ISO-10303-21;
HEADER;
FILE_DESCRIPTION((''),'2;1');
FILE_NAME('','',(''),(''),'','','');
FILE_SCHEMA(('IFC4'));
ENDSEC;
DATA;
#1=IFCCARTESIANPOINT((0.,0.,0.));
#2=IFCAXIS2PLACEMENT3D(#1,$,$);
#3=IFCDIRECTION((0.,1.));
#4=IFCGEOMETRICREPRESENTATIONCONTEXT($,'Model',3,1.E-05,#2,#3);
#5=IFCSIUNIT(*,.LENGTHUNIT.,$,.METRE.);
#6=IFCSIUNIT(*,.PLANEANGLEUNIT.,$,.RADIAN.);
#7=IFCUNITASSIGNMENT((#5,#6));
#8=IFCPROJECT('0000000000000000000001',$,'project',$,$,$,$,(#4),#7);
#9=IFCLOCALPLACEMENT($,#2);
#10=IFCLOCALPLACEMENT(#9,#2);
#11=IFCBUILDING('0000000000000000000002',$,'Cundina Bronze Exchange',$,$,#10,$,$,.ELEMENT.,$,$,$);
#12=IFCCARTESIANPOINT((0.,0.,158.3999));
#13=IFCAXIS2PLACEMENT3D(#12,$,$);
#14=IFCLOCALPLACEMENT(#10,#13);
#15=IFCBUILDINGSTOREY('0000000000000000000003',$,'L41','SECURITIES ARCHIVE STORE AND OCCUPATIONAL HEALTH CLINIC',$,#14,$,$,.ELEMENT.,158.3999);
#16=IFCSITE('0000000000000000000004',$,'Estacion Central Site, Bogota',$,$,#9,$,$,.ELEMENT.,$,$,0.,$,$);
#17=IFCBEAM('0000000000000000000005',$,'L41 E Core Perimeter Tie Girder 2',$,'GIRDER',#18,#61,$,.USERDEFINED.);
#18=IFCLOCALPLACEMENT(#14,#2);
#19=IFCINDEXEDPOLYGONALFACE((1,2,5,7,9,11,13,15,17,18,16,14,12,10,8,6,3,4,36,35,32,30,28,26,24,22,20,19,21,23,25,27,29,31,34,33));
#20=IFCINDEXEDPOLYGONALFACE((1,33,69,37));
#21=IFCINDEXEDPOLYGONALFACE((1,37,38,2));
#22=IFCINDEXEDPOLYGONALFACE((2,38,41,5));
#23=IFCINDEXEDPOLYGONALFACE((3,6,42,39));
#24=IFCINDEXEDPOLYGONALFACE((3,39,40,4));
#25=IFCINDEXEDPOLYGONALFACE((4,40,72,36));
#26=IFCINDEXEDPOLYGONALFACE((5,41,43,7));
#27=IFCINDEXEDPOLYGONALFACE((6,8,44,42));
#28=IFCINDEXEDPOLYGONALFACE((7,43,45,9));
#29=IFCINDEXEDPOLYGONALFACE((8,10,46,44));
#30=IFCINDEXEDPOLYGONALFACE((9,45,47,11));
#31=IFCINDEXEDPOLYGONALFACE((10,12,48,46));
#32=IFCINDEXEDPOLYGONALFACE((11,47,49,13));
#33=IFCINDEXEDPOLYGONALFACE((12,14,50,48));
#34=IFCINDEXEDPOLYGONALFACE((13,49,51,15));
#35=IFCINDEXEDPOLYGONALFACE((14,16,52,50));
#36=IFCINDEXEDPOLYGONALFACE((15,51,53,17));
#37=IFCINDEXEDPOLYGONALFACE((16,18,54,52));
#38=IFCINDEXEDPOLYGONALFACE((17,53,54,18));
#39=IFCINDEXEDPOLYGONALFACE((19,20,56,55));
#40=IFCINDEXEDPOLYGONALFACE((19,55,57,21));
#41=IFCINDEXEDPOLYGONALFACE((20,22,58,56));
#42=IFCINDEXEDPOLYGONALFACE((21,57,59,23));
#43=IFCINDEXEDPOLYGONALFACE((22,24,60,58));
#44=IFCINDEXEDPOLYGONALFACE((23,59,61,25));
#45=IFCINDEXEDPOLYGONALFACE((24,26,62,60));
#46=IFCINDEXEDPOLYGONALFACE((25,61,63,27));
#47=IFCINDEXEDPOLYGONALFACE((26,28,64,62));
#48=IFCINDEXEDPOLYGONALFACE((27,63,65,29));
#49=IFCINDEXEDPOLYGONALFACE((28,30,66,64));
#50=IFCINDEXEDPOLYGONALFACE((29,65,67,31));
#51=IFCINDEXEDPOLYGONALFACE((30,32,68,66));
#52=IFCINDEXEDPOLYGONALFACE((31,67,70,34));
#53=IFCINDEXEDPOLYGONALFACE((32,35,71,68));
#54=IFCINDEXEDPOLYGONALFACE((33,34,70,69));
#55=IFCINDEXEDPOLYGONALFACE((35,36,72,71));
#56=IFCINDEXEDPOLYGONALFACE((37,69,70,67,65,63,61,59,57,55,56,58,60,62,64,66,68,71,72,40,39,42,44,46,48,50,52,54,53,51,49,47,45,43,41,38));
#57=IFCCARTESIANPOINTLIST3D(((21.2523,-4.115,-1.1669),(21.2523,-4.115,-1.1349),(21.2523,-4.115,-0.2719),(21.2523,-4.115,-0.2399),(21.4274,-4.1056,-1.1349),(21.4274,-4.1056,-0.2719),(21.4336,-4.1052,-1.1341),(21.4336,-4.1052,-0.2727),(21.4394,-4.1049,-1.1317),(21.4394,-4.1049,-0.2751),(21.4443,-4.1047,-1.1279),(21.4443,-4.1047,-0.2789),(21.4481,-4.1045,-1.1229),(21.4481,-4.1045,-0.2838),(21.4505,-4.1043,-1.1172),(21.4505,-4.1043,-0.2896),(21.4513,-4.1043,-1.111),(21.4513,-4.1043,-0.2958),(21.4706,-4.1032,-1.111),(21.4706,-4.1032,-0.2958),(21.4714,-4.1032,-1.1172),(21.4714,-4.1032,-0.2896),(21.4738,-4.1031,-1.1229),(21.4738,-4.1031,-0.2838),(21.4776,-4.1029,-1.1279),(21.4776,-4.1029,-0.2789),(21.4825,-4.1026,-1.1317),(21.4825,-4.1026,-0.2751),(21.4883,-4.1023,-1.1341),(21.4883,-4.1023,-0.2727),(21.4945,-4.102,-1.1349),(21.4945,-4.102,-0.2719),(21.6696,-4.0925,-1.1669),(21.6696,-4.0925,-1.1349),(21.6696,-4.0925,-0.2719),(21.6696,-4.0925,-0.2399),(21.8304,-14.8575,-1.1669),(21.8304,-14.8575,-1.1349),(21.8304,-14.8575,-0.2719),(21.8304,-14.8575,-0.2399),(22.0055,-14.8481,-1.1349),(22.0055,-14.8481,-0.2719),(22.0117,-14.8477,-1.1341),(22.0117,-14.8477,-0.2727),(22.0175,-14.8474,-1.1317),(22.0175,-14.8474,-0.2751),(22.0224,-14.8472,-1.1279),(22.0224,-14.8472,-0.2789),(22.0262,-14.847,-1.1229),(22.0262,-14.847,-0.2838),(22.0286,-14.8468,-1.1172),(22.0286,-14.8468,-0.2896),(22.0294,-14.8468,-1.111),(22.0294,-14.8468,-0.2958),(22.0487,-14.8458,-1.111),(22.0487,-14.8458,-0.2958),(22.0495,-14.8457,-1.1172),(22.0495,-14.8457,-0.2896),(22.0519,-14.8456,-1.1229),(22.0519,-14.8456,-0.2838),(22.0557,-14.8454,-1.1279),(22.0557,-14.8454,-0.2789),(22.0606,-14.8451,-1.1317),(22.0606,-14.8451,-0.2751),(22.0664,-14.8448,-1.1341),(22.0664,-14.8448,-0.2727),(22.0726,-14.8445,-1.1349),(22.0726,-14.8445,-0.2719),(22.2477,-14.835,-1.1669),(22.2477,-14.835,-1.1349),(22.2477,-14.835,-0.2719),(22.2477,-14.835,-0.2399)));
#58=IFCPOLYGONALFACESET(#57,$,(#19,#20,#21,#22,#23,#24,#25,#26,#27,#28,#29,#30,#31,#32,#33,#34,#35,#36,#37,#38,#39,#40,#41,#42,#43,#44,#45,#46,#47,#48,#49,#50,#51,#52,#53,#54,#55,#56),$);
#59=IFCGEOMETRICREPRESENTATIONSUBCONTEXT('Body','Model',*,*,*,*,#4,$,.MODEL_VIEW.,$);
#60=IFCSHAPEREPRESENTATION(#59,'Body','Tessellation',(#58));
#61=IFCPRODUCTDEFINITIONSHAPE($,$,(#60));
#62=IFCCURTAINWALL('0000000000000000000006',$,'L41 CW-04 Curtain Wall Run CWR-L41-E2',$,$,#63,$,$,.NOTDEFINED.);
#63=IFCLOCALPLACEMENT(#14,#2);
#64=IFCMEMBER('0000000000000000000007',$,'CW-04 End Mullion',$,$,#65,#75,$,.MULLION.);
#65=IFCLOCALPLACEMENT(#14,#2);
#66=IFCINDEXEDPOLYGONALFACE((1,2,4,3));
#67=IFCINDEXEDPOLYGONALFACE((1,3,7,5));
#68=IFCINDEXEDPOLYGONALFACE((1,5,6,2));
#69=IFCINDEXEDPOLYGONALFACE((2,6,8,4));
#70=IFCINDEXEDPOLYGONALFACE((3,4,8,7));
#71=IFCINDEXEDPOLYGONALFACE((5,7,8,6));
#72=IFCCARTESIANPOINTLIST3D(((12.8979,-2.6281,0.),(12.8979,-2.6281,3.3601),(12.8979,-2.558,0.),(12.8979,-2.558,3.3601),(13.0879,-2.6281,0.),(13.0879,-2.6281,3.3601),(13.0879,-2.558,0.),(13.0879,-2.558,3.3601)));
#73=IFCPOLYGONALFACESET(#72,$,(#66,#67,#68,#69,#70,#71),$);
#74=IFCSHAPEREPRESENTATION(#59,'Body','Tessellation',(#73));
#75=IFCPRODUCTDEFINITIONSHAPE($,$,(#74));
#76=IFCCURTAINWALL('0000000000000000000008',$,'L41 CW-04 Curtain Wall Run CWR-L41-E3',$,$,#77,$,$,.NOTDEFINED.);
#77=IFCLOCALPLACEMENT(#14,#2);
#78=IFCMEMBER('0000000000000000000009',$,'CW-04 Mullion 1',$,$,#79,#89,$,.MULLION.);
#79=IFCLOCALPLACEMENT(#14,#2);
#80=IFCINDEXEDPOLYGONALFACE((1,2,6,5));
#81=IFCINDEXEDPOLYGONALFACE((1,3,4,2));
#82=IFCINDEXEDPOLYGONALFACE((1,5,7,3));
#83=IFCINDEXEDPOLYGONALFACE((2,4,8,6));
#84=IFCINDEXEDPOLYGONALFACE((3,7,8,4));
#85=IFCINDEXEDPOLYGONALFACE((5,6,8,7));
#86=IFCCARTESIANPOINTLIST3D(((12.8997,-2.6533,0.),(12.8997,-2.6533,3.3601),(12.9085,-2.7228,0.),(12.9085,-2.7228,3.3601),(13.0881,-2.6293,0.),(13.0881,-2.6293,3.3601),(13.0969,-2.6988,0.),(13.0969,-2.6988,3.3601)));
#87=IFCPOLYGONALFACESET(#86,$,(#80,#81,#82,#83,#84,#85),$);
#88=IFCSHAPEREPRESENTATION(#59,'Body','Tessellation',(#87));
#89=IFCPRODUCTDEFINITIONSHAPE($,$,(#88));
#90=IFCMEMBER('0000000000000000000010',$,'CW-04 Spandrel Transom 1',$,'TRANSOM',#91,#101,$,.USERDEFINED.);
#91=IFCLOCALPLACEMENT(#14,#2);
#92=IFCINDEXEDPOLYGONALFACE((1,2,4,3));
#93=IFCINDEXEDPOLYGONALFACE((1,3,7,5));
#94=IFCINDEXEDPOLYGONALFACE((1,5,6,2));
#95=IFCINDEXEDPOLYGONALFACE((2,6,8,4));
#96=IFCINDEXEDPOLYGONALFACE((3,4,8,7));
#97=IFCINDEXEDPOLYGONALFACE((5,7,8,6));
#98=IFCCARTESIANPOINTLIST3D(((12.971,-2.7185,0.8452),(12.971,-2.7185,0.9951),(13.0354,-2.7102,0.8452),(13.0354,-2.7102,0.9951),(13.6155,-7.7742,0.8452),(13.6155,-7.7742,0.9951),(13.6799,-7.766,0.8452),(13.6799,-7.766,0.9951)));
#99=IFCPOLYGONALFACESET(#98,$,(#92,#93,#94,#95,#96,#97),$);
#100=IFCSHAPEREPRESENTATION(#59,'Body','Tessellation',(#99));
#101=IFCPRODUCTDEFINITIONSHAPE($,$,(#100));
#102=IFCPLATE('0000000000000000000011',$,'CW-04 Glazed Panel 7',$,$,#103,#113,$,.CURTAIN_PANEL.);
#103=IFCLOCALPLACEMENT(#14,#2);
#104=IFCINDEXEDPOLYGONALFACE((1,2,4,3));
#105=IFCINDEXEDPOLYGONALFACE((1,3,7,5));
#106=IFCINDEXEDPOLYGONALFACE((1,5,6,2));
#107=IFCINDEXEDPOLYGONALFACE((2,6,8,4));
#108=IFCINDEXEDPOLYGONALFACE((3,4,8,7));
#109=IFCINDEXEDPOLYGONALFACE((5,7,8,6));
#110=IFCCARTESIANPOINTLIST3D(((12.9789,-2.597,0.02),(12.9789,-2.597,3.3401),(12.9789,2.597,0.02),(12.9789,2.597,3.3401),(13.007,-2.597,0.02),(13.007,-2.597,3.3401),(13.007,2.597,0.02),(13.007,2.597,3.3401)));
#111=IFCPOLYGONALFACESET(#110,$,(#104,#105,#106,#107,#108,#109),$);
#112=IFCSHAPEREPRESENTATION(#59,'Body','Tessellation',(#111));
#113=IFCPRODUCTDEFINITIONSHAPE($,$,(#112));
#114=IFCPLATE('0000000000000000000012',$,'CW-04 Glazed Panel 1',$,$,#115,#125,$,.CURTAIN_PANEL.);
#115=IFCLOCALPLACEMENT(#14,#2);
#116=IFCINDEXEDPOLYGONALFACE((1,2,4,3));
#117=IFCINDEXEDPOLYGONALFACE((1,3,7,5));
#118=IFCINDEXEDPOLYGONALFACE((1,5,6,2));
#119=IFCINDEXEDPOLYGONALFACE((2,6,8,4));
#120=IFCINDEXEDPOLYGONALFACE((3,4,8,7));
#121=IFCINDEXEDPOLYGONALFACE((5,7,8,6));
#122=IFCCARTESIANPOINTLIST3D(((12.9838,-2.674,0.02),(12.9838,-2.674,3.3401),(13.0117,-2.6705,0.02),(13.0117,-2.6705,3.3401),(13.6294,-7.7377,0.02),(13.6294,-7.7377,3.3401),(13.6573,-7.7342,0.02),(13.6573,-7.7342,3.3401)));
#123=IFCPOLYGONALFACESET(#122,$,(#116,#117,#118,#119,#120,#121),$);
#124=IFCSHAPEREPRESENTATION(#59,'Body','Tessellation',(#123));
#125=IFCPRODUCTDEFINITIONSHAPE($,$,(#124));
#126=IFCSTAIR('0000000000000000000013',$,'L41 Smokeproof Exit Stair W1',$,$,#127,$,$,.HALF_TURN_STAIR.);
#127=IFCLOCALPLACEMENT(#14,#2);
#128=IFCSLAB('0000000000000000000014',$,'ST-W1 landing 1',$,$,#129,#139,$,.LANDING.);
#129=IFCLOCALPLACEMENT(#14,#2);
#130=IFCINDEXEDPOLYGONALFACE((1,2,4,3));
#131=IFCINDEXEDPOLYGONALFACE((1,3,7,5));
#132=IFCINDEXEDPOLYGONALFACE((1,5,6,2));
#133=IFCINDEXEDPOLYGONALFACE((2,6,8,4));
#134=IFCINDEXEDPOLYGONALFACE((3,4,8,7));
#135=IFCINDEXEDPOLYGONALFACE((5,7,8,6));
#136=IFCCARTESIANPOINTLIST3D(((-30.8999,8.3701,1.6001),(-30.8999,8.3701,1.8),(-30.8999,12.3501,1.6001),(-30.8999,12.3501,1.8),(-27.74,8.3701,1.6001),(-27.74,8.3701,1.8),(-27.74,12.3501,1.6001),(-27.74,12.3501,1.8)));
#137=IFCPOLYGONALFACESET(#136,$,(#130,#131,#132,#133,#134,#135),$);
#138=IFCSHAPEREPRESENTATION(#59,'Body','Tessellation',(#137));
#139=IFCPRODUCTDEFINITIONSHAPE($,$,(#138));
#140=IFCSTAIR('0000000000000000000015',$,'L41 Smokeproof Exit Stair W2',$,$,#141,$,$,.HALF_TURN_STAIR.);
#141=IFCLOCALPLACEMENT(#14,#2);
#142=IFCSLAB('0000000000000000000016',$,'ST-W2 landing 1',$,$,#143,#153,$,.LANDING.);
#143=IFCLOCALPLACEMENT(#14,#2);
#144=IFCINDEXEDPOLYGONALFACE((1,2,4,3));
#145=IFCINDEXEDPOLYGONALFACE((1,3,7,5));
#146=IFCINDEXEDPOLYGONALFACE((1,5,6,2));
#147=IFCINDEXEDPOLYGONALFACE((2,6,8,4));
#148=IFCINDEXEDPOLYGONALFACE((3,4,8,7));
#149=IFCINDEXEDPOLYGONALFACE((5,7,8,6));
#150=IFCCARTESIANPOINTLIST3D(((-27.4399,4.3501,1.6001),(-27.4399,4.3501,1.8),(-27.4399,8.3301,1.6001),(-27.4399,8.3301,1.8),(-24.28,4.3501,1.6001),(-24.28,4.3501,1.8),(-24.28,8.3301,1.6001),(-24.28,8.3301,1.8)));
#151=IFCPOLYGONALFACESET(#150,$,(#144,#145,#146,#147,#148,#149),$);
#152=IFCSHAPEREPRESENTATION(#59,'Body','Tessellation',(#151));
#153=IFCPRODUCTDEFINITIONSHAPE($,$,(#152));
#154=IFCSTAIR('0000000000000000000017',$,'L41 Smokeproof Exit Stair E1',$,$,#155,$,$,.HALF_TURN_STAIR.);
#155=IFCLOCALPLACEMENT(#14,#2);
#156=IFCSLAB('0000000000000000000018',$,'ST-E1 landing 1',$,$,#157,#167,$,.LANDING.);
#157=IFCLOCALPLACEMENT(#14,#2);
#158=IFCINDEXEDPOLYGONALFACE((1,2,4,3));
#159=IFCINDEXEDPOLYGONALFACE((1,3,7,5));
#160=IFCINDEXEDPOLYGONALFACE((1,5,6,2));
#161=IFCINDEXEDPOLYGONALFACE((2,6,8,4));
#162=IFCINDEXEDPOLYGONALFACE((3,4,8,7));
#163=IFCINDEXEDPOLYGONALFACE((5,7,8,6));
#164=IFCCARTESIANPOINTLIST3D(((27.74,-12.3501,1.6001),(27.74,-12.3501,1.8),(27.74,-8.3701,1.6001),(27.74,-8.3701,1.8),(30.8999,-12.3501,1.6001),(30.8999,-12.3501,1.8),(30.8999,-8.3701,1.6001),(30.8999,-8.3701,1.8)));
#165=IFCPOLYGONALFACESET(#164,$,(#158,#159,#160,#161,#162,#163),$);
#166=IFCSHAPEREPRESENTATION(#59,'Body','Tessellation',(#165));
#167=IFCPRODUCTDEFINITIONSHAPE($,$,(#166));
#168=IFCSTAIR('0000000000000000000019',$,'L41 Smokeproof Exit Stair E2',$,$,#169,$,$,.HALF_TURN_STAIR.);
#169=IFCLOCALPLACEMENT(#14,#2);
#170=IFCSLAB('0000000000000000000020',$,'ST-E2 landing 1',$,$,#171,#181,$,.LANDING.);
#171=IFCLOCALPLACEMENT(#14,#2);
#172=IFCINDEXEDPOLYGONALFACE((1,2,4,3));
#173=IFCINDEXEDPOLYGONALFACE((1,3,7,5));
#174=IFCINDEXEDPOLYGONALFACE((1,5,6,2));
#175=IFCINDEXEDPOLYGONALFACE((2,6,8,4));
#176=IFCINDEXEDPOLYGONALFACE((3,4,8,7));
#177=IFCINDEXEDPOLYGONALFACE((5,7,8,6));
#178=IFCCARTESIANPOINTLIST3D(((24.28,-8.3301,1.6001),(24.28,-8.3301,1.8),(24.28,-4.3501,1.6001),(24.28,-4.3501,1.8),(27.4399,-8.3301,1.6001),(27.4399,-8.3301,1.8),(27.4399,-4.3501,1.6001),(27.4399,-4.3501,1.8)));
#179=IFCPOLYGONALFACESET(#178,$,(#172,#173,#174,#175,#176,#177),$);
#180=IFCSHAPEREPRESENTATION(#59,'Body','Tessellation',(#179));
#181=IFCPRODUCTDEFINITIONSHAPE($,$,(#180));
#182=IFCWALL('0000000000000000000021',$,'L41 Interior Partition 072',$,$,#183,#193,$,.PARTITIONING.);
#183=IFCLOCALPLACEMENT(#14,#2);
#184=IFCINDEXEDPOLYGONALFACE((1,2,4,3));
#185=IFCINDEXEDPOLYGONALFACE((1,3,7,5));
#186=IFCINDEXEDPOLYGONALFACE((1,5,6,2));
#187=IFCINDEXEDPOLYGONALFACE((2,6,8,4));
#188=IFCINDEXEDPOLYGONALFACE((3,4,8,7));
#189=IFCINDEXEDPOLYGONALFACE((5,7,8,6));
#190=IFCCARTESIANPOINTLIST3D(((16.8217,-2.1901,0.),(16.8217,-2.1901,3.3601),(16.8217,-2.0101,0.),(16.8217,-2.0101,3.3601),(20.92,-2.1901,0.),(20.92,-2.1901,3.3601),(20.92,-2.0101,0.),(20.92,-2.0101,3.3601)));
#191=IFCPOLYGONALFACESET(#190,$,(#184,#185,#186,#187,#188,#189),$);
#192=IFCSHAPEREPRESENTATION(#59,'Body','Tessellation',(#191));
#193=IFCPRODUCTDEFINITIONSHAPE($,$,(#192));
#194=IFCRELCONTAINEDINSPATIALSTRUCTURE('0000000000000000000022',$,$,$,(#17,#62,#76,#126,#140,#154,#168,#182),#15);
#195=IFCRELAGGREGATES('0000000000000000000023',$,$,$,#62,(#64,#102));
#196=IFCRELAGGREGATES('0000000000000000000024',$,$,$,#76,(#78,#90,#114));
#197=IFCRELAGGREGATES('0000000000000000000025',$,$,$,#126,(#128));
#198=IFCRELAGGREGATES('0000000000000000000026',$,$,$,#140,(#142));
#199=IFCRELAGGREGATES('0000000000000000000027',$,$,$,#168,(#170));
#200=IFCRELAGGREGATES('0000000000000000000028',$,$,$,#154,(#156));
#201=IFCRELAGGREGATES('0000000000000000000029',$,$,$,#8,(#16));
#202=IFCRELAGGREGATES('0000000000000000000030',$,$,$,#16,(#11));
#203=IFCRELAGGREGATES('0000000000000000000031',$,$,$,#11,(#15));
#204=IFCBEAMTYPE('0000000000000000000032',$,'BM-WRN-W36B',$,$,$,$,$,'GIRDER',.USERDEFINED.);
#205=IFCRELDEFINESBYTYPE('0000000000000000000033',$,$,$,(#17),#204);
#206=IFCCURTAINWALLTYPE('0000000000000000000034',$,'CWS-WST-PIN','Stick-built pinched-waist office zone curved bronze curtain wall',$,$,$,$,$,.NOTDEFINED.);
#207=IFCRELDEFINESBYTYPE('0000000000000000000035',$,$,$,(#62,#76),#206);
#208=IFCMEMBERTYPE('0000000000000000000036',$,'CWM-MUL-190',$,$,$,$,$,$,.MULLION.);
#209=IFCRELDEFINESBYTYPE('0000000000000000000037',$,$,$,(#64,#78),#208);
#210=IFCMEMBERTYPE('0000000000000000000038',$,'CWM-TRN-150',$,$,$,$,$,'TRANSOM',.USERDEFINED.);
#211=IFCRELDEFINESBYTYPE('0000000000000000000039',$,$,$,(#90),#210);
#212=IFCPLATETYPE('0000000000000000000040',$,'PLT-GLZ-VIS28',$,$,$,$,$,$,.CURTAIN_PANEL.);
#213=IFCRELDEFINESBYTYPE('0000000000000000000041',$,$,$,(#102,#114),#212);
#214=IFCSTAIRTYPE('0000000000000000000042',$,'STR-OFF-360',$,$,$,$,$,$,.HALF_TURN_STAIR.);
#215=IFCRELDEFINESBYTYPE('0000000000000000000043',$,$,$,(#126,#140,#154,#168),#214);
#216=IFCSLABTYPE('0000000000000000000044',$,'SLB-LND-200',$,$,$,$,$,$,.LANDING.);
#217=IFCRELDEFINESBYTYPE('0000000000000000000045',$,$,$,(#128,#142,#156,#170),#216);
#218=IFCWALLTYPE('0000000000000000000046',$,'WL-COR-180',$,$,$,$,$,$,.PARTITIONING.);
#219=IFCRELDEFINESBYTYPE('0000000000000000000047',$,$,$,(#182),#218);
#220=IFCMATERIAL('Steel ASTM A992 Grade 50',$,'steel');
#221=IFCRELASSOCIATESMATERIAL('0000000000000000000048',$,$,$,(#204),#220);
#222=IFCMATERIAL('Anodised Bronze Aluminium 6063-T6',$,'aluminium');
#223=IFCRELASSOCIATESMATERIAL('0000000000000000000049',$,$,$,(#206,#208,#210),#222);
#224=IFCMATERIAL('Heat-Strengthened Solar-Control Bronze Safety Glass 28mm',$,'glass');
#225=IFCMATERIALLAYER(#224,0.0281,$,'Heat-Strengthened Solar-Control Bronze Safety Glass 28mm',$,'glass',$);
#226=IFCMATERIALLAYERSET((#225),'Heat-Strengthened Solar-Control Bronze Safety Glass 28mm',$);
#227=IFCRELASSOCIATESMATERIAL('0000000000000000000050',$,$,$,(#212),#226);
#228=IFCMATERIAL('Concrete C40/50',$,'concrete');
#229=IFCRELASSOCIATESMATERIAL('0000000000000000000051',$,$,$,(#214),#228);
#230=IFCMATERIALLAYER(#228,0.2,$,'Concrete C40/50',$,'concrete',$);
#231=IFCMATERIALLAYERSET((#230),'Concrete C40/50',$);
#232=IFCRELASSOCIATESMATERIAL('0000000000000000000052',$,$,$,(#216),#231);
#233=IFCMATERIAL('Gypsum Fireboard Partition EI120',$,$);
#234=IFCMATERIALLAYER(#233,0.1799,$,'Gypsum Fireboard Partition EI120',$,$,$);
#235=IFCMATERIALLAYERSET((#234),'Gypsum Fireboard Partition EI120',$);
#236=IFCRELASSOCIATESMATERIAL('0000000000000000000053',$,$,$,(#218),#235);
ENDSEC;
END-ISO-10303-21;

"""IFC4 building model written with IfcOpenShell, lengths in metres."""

from ifc_helpers import new_model, si_unit, direction, frame, frame_2d, origin, origin_2d, place, context, subcontext, project, spatial, polyline, rectangle, i_section, outline, extrude, material, layer, layer_set, material_profile, profile_set, type_object, element, aggregate, save


model = new_model("IFC4")

# Units and contexts
model_context = context("Model", 3, precision=1e-05, world=origin(), true_north=direction((0.0, 1.0)))
body_context = subcontext(model_context, "Body", "Model", "MODEL_VIEW")
ifc_project = project(units=[si_unit("LENGTHUNIT", "METRE"), si_unit("PLANEANGLEUNIT", "RADIAN")], contexts=[model_context])

# Site, building, storey
site_placement = place(None, origin())
site = spatial("IfcSite", under=ifc_project, at=site_placement, Name="Estacion Central Site, Bogota", CompositionType="ELEMENT", RefElevation=0.0)
building_placement = place(site_placement, origin())
building = spatial("IfcBuilding", under=site, at=building_placement, Name="Cundina Bronze Exchange", CompositionType="ELEMENT")
storey_placement = place(building_placement, frame((0.0, 0.0, 158.3999)))
storey = spatial("IfcBuildingStorey", under=building, at=storey_placement, Name="L41", Description="SECURITIES ARCHIVE STORE AND OCCUPATIONAL HEALTH CLINIC", CompositionType="ELEMENT", Elevation=158.3999)

# Shared definitions
ifc_material_1 = material(Name="Steel ASTM A992 Grade 50", Category="steel")

# Beam
ifc_material_profile_1 = material_profile(ifc_material_1, i_section(OverallWidth=0.418, OverallDepth=0.927, WebThickness=0.0193, FlangeThickness=0.032, FilletRadius=0.0239, at=origin_2d()), Name="W36X231", Category="steel")
ifc_profile_set_1 = profile_set([ifc_material_profile_1], Name="Steel ASTM A992 Grade 50")
beam_type_1 = type_object("IfcBeamType", Name="BM-WRN-W36B", ElementType="GIRDER", PredefinedType="USERDEFINED", material=ifc_profile_set_1)
beam_1_placement = place(storey_placement, frame((21.4609, -4.1038, -0.7034), z_axis=(0.053739, -0.998555, 0.0), x_axis=(0.998555, 0.053739, 0.0)))
element("IfcBeam", 1, at=beam_1_placement, inside=storey, type_object=beam_type_1, Name="L41 E Core Perimeter Tie Girder 2", ObjectType="GIRDER", PredefinedType="USERDEFINED", context=body_context, shape_type="SweptSolid", body=[
    extrude(i_section(OverallWidth=0.418, OverallDepth=0.927, WebThickness=0.0193, FlangeThickness=0.032, FilletRadius=0.0239, at=origin_2d()), origin(), (0.0, 0.0, 1.0), 10.7581),
])

# Curtain wall, member
ifc_material_2 = material(Name="Anodised Bronze Aluminium 6063-T6", Category="aluminium")
curtain_wall_type = type_object("IfcCurtainWallType", Name="CWS-WST-PIN", Description="Stick-built pinched-waist office zone curved bronze curtain wall", PredefinedType="NOTDEFINED", material=ifc_material_2)
curtain_wall_1_placement = place(storey_placement, origin())
curtain_wall_1 = element("IfcCurtainWall", 2, at=curtain_wall_1_placement, inside=storey, type_object=curtain_wall_type, Name="L41 CW-04 Curtain Wall Run CWR-L41-E2", PredefinedType="NOTDEFINED")
ifc_material_profile_2 = material_profile(ifc_material_2, rectangle(XDim=0.0701, YDim=0.1899, at=origin_2d()), Name="AL70X190", Category="aluminium")
ifc_profile_set_2 = profile_set([ifc_material_profile_2], Name="Anodised Bronze Aluminium 6063-T6")
member_type_1 = type_object("IfcMemberType", Name="CWM-MUL-190", PredefinedType="MULLION", material=ifc_profile_set_2)
member_1_placement = place(storey_placement, frame((12.9929, -2.593, 0.0), z_axis=(0.0, 0.0, 1.0), x_axis=(0.0, -1.0, 0.0)))
member_1 = element("IfcMember", 3, at=member_1_placement, type_object=member_type_1, Name="CW-04 End Mullion", PredefinedType="MULLION", context=body_context, shape_type="SweptSolid", body=[
    extrude(rectangle(XDim=0.0701, YDim=0.1899, at=origin_2d()), origin(), (0.0, 0.0, 1.0), 3.3601),
])

# Curtain wall, members
curtain_wall_2_placement = place(storey_placement, origin())
curtain_wall_2 = element("IfcCurtainWall", 4, at=curtain_wall_2_placement, inside=storey, type_object=curtain_wall_type, Name="L41 CW-04 Curtain Wall Run CWR-L41-E3", PredefinedType="NOTDEFINED")
member_2_placement = place(storey_placement, frame((12.9983, -2.676, 0.0), z_axis=(0.0, 0.0, 1.0), x_axis=(0.126545, -0.991961, 0.0)))
member_2 = element("IfcMember", 5, at=member_2_placement, type_object=member_type_1, Name="CW-04 Mullion 1", PredefinedType="MULLION", context=body_context, shape_type="SweptSolid", body=[
    extrude(rectangle(XDim=0.0701, YDim=0.1899, at=origin_2d()), origin(), (0.0, 0.0, 1.0), 3.3601),
])
ifc_material_profile_3 = material_profile(ifc_material_2, rectangle(XDim=0.0649, YDim=0.1499, at=origin_2d()), Name="AL65X150", Category="aluminium")
ifc_profile_set_3 = profile_set([ifc_material_profile_3], Name="Anodised Bronze Aluminium 6063-T6")
member_type_2 = type_object("IfcMemberType", Name="CWM-TRN-150", ElementType="TRANSOM", PredefinedType="USERDEFINED", material=ifc_profile_set_3)
member_3_placement = place(storey_placement, frame((13.0032, -2.7144, 0.9202), z_axis=(0.126463, -0.991971, 0.0), x_axis=(0.991971, 0.126463, 0.0)))
member_3 = element("IfcMember", 6, at=member_3_placement, type_object=member_type_2, Name="CW-04 Spandrel Transom 1", ObjectType="TRANSOM", PredefinedType="USERDEFINED", context=body_context, shape_type="SweptSolid", body=[
    extrude(rectangle(XDim=0.0649, YDim=0.1499, at=origin_2d()), origin(), (0.0, 0.0, 1.0), 5.0967),
])

# Plates
ifc_material_3 = material(Name="Heat-Strengthened Solar-Control Bronze Safety Glass 28mm", Category="glass")
ifc_layer_1 = layer(ifc_material_3, 0.0281, Name="Heat-Strengthened Solar-Control Bronze Safety Glass 28mm", Category="glass")
ifc_layer_set_1 = layer_set([ifc_layer_1], Name="Heat-Strengthened Solar-Control Bronze Safety Glass 28mm")
plate_type = type_object("IfcPlateType", Name="PLT-GLZ-VIS28", PredefinedType="CURTAIN_PANEL", material=ifc_layer_set_1)
plate_1_placement = place(storey_placement, frame((12.9929, 0.0, 0.02), z_axis=(0.0, 0.0, 1.0), x_axis=(0.0, -1.0, 0.0)))
plate_1 = element("IfcPlate", 7, at=plate_1_placement, type_object=plate_type, Name="CW-04 Glazed Panel 7", PredefinedType="CURTAIN_PANEL", context=body_context, shape_type="SweptSolid", body=[
    extrude(rectangle(XDim=5.1941, YDim=0.0281, at=origin_2d()), origin(), (0.0, 0.0, 1.0), 3.3201),
])
aggregate(curtain_wall_1, [member_1, plate_1])
plate_2_placement = place(storey_placement, frame((13.3206, -5.2041, 0.02), z_axis=(0.0, 0.0, 1.0), x_axis=(0.126476, -0.99197, 0.0)))
plate_2 = element("IfcPlate", 8, at=plate_2_placement, type_object=plate_type, Name="CW-04 Glazed Panel 1", PredefinedType="CURTAIN_PANEL", context=body_context, shape_type="SweptSolid", body=[
    extrude(rectangle(XDim=5.1047, YDim=0.0281, at=origin_2d()), origin(), (0.0, 0.0, 1.0), 3.3201),
])
aggregate(curtain_wall_2, [member_2, member_3, plate_2])

# Stairs, slabs
ifc_material_4 = material(Name="Concrete C40/50", Category="concrete")
stair_type = type_object("IfcStairType", Name="STR-OFF-360", PredefinedType="HALF_TURN_STAIR", material=ifc_material_4)
stair_1_placement = place(storey_placement, origin())
stair_1 = element("IfcStair", 9, at=stair_1_placement, inside=storey, type_object=stair_type, Name="L41 Smokeproof Exit Stair W1", PredefinedType="HALF_TURN_STAIR")
ifc_layer_2 = layer(ifc_material_4, 0.2, Name="Concrete C40/50", Category="concrete")
ifc_layer_set_2 = layer_set([ifc_layer_2], Name="Concrete C40/50")
slab_type = type_object("IfcSlabType", Name="SLB-LND-200", PredefinedType="LANDING", material=ifc_layer_set_2)
slab_1_placement = place(storey_placement, frame((0.0, 0.0, 1.6001)))
slab_1 = element("IfcSlab", 10, at=slab_1_placement, type_object=slab_type, Name="ST-W1 landing 1", PredefinedType="LANDING", context=body_context, shape_type="SweptSolid", body=[
    extrude(outline(polyline([(-27.74, 8.3701), (-27.74, 12.3501), (-30.8999, 12.3501), (-30.8999, 8.3701), (-27.74, 8.3701)])), origin(), (0.0, 0.0, 1.0), 0.2),
])
aggregate(stair_1, [slab_1])
stair_2_placement = place(storey_placement, origin())
stair_2 = element("IfcStair", 11, at=stair_2_placement, inside=storey, type_object=stair_type, Name="L41 Smokeproof Exit Stair W2", PredefinedType="HALF_TURN_STAIR")
slab_2_placement = place(storey_placement, frame((0.0, 0.0, 1.6001)))
slab_2 = element("IfcSlab", 12, at=slab_2_placement, type_object=slab_type, Name="ST-W2 landing 1", PredefinedType="LANDING", context=body_context, shape_type="SweptSolid", body=[
    extrude(outline(polyline([(-27.4399, 8.3301), (-27.4399, 4.3501), (-24.28, 4.3501), (-24.28, 8.3301), (-27.4399, 8.3301)])), origin(), (0.0, 0.0, 1.0), 0.2),
])
aggregate(stair_2, [slab_2])
stair_3_placement = place(storey_placement, origin())
stair_3 = element("IfcStair", 13, at=stair_3_placement, inside=storey, type_object=stair_type, Name="L41 Smokeproof Exit Stair E1", PredefinedType="HALF_TURN_STAIR")
slab_3_placement = place(storey_placement, frame((0.0, 0.0, 1.6001)))
slab_3 = element("IfcSlab", 14, at=slab_3_placement, type_object=slab_type, Name="ST-E1 landing 1", PredefinedType="LANDING", context=body_context, shape_type="SweptSolid", body=[
    extrude(outline(polyline([(27.74, -8.3701), (27.74, -12.3501), (30.8999, -12.3501), (30.8999, -8.3701), (27.74, -8.3701)])), origin(), (0.0, 0.0, 1.0), 0.2),
])
stair_4_placement = place(storey_placement, origin())
stair_4 = element("IfcStair", 15, at=stair_4_placement, inside=storey, type_object=stair_type, Name="L41 Smokeproof Exit Stair E2", PredefinedType="HALF_TURN_STAIR")
slab_4_placement = place(storey_placement, frame((0.0, 0.0, 1.6001)))
slab_4 = element("IfcSlab", 16, at=slab_4_placement, type_object=slab_type, Name="ST-E2 landing 1", PredefinedType="LANDING", context=body_context, shape_type="SweptSolid", body=[
    extrude(outline(polyline([(27.4399, -8.3301), (27.4399, -4.3501), (24.28, -4.3501), (24.28, -8.3301), (27.4399, -8.3301)])), origin(), (0.0, 0.0, 1.0), 0.2),
])
aggregate(stair_4, [slab_4])

# Shared definitions
ifc_material_5 = material(Name="Gypsum Fireboard Partition EI120")
ifc_layer_3 = layer(ifc_material_5, 0.1799, Name="Gypsum Fireboard Partition EI120")
ifc_layer_set_3 = layer_set([ifc_layer_3], Name="Gypsum Fireboard Partition EI120")
wall_type_1 = type_object("IfcWallType", Name="WL-COR-180", PredefinedType="PARTITIONING", material=ifc_layer_set_3)

# Wall
wall_1_placement = place(storey_placement, frame((16.8215, -2.1001, 0.0), z_axis=(0.0, 0.0, 1.0), x_axis=(1.0, 0.0, 0.0)))
element("IfcWall", 17, at=wall_1_placement, inside=storey, type_object=wall_type_1, Name="L41 Interior Partition 072", PredefinedType="PARTITIONING", context=body_context, shape_type="SweptSolid", body=[
    extrude(rectangle(XDim=4.0984, YDim=0.1799, at=frame_2d((2.0493, 0.0))), origin(), (0.0, 0.0, 1.0), 3.3601),
])

aggregate(stair_3, [slab_3])

save(model, "model.ifc")
